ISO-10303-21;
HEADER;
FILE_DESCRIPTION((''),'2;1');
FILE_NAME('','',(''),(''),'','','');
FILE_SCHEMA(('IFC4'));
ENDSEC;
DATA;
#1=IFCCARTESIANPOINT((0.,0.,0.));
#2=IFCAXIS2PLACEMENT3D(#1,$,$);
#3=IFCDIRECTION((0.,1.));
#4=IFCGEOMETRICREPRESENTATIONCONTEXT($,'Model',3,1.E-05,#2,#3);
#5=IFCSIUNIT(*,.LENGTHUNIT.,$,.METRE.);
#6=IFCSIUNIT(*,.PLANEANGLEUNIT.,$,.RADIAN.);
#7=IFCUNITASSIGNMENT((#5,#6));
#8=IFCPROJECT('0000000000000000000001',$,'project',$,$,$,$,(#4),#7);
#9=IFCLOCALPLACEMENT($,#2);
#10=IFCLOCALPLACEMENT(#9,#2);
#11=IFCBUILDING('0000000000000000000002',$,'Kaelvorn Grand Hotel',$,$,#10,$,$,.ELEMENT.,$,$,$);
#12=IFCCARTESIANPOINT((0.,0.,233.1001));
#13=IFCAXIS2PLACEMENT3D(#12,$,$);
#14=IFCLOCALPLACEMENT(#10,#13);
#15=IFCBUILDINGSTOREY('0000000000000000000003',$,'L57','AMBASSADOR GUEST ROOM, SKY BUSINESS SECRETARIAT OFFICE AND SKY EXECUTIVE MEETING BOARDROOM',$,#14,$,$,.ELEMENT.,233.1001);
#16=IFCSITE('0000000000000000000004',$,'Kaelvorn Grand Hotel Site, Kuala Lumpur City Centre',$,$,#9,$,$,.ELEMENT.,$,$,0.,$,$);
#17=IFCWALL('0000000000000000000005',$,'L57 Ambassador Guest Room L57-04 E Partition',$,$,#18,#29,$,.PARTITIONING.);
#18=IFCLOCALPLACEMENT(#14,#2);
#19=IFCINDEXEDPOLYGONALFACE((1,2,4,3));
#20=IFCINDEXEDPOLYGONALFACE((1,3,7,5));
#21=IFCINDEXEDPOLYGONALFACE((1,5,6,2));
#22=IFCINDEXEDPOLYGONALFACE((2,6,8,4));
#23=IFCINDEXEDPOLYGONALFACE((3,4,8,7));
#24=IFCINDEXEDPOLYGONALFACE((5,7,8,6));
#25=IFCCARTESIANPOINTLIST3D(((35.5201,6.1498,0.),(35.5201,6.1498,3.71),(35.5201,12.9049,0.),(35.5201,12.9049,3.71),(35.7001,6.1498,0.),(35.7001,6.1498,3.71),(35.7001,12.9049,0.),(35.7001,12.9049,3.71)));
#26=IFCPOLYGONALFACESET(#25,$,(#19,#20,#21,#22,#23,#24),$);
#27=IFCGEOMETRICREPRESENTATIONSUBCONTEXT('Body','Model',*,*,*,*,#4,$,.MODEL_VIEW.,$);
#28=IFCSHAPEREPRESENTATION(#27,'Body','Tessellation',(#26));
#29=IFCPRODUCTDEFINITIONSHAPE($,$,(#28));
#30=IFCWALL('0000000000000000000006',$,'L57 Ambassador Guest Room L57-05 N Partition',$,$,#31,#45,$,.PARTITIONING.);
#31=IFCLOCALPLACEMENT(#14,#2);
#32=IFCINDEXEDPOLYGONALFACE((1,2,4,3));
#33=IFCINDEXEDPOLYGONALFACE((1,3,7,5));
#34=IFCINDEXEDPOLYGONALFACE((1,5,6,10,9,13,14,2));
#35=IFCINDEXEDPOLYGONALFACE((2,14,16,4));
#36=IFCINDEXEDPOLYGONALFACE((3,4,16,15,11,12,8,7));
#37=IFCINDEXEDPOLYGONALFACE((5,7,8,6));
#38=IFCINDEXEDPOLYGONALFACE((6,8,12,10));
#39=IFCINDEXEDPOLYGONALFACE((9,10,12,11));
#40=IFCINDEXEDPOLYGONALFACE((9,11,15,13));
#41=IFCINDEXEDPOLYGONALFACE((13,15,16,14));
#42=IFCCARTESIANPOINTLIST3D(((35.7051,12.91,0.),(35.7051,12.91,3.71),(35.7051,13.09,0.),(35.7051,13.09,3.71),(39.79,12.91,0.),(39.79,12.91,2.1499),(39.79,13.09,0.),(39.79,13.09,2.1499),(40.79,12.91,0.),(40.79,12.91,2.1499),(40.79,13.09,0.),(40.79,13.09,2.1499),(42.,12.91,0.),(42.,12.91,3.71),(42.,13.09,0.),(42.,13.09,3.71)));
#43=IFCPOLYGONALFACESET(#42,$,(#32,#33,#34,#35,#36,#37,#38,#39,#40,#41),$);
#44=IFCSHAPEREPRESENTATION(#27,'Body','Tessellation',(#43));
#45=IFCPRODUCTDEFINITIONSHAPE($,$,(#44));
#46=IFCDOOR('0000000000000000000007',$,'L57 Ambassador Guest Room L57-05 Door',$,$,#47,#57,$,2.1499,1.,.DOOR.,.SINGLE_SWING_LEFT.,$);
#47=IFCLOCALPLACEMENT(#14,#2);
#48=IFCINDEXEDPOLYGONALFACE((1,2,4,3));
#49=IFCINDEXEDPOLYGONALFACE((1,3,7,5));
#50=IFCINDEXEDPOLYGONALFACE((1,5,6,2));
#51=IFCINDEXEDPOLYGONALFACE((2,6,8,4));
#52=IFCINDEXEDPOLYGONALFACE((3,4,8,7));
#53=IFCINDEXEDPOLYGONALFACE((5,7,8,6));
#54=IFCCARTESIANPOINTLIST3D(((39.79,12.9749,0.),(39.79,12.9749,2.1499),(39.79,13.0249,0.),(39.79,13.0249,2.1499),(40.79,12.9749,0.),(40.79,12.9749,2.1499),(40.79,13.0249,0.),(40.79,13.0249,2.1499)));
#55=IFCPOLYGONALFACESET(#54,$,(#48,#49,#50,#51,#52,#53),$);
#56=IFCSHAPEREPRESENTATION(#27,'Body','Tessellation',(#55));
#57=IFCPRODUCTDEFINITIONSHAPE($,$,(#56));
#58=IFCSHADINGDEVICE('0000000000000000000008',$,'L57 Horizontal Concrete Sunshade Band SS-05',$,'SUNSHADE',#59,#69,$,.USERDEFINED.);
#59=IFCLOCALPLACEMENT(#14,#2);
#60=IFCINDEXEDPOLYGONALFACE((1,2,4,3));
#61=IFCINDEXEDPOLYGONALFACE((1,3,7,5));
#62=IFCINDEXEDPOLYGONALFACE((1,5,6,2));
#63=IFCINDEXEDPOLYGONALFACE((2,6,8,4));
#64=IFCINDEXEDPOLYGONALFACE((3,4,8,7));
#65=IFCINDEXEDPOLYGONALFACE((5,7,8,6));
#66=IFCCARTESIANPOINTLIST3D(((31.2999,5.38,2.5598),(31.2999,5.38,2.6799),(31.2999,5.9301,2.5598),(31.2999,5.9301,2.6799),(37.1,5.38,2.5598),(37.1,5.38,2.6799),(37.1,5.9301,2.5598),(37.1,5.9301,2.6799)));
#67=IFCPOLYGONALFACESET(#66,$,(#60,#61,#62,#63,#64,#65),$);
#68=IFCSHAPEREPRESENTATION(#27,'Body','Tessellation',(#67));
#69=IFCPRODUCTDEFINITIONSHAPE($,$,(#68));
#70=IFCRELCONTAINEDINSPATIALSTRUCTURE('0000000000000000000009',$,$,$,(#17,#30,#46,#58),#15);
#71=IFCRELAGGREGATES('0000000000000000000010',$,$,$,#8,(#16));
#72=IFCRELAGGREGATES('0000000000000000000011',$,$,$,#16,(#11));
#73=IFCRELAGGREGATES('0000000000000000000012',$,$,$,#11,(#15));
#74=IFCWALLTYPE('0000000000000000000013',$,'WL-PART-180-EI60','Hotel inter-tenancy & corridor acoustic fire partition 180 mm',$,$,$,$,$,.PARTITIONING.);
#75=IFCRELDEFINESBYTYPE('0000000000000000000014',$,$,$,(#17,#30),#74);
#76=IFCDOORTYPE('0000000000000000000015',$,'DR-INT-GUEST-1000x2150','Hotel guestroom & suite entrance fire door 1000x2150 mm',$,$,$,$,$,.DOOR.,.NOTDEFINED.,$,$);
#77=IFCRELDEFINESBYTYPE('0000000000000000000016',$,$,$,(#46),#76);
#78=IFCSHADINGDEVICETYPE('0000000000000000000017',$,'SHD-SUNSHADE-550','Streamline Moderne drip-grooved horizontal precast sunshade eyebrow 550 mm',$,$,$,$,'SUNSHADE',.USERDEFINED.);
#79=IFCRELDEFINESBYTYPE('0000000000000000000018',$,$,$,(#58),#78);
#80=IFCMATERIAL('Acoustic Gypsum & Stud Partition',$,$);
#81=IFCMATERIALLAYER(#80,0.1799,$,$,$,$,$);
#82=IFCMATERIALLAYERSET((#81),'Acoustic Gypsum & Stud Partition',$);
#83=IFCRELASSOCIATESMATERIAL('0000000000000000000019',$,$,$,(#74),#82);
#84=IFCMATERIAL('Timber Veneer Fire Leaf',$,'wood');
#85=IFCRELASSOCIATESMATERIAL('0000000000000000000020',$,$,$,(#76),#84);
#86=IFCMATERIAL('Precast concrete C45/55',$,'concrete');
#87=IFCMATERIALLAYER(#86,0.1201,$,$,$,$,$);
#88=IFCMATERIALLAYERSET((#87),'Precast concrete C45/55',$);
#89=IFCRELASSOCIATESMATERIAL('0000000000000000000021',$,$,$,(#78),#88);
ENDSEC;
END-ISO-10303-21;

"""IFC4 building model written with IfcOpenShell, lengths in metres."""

from ifc_helpers import new_model, si_unit, direction, frame, frame_2d, origin, origin_2d, place, context, subcontext, project, spatial, rectangle, extrude, material, layer, layer_set, type_object, element, fill, save


model = new_model("IFC4")

# Units and contexts
model_context = context("Model", 3, precision=1e-05, world=origin(), true_north=direction((0.0, 1.0)))
body_context = subcontext(model_context, "Body", "Model", "MODEL_VIEW")
ifc_project = project(units=[si_unit("LENGTHUNIT", "METRE"), si_unit("PLANEANGLEUNIT", "RADIAN")], contexts=[model_context])

# Site, building, storey
site_placement = place(None, origin())
site = spatial("IfcSite", under=ifc_project, at=site_placement, Name="Kaelvorn Grand Hotel Site, Kuala Lumpur City Centre", CompositionType="ELEMENT", RefElevation=0.0)
building_placement = place(site_placement, origin())
building = spatial("IfcBuilding", under=site, at=building_placement, Name="Kaelvorn Grand Hotel", CompositionType="ELEMENT")
storey_placement = place(building_placement, frame((0.0, 0.0, 233.1001)))
storey = spatial("IfcBuildingStorey", under=building, at=storey_placement, Name="L57", Description="AMBASSADOR GUEST ROOM, SKY BUSINESS SECRETARIAT OFFICE AND SKY EXECUTIVE MEETING BOARDROOM", CompositionType="ELEMENT", Elevation=233.1001)

# Shared definitions
ifc_material_1 = material(Name="Acoustic Gypsum & Stud Partition")
ifc_layer_1 = layer(ifc_material_1, 0.1799)
ifc_layer_set_1 = layer_set([ifc_layer_1], Name="Acoustic Gypsum & Stud Partition")
wall_type_1 = type_object("IfcWallType", Name="WL-PART-180-EI60", Description="Hotel inter-tenancy & corridor acoustic fire partition 180 mm", PredefinedType="PARTITIONING", material=ifc_layer_set_1)

# Shared definitions
ifc_material_2 = material(Name="Timber Veneer Fire Leaf", Category="wood")
door_type_1 = type_object("IfcDoorType", Name="DR-INT-GUEST-1000x2150", Description="Hotel guestroom & suite entrance fire door 1000x2150 mm", OperationType="NOTDEFINED", PredefinedType="DOOR", material=ifc_material_2)

# Wall
wall_1_placement = place(storey_placement, frame((35.6101, 6.1499, 0.0), z_axis=(0.0, 0.0, 1.0), x_axis=(0.0, 1.0, 0.0)))
element("IfcWall", 1, at=wall_1_placement, inside=storey, type_object=wall_type_1, Name="L57 Ambassador Guest Room L57-04 E Partition", PredefinedType="PARTITIONING", context=body_context, shape_type="SweptSolid", body=[
    extrude(rectangle(XDim=6.7551, YDim=0.1799, at=frame_2d((3.3774, 0.0))), origin(), (0.0, 0.0, 1.0), 3.71),
])

# Wall, opening, door
wall_2_placement = place(storey_placement, frame((35.7051, 13.0, 0.0), z_axis=(0.0, 0.0, 1.0), x_axis=(1.0, 0.0, 0.0)))
wall_2 = element("IfcWall", 2, at=wall_2_placement, inside=storey, type_object=wall_type_1, Name="L57 Ambassador Guest Room L57-05 N Partition", PredefinedType="PARTITIONING", context=body_context, shape_type="SweptSolid", body=[
    extrude(rectangle(XDim=6.2949, YDim=0.1799, at=frame_2d((3.1475, 0.0))), origin(), (0.0, 0.0, 1.0), 3.71),
])
opening_1_placement = place(wall_2_placement, frame((4.085, 0.0, 0.0)))
opening_1 = element("IfcOpeningElement", 3, at=opening_1_placement, cuts=wall_2, PredefinedType="OPENING", context=body_context, shape_type="SweptSolid", body=[
    extrude(rectangle(XDim=1.0, YDim=2.1499, at=frame_2d((0.5, 1.075))), frame((0.0, 0.1001, 0.0), z_axis=(0.0, -1.0, 0.0), x_axis=(1.0, 0.0, 0.0)), (0.0, 0.0, 1.0), 0.2),
])
door_1_placement = place(opening_1_placement, origin())
door_1 = element("IfcDoor", 4, at=door_1_placement, inside=storey, type_object=door_type_1, Name="L57 Ambassador Guest Room L57-05 Door", OperationType="SINGLE_SWING_LEFT", OverallHeight=2.1499, OverallWidth=1.0, PredefinedType="DOOR", context=body_context, shape_type="SweptSolid", body=[
    extrude(rectangle(XDim=1.0, YDim=2.1499, at=frame_2d((0.5, 1.075))), frame((0.0, 0.0249, 0.0), z_axis=(0.0, -1.0, 0.0), x_axis=(1.0, 0.0, 0.0)), (0.0, 0.0, 1.0), 0.05),
])
fill(opening_1, door_1)

# Shading device
ifc_material_3 = material(Name="Precast concrete C45/55", Category="concrete")
ifc_layer_2 = layer(ifc_material_3, 0.1201)
ifc_layer_set_2 = layer_set([ifc_layer_2], Name="Precast concrete C45/55")
shading_device_type = type_object("IfcShadingDeviceType", Name="SHD-SUNSHADE-550", Description="Streamline Moderne drip-grooved horizontal precast sunshade eyebrow 550 mm", ElementType="SUNSHADE", PredefinedType="USERDEFINED", material=ifc_layer_set_2)
shading_device_placement = place(storey_placement, frame((34.2, 5.655, 2.5598), z_axis=(0.0, 0.0, 1.0), x_axis=(1.0, 0.0, 0.0)))
element("IfcShadingDevice", 5, at=shading_device_placement, inside=storey, type_object=shading_device_type, Name="L57 Horizontal Concrete Sunshade Band SS-05", ObjectType="SUNSHADE", PredefinedType="USERDEFINED", context=body_context, shape_type="SweptSolid", body=[
    extrude(rectangle(XDim=5.8, YDim=0.55, at=origin_2d()), origin(), (0.0, 0.0, 1.0), 0.1201),
])

save(model, "model.ifc")
